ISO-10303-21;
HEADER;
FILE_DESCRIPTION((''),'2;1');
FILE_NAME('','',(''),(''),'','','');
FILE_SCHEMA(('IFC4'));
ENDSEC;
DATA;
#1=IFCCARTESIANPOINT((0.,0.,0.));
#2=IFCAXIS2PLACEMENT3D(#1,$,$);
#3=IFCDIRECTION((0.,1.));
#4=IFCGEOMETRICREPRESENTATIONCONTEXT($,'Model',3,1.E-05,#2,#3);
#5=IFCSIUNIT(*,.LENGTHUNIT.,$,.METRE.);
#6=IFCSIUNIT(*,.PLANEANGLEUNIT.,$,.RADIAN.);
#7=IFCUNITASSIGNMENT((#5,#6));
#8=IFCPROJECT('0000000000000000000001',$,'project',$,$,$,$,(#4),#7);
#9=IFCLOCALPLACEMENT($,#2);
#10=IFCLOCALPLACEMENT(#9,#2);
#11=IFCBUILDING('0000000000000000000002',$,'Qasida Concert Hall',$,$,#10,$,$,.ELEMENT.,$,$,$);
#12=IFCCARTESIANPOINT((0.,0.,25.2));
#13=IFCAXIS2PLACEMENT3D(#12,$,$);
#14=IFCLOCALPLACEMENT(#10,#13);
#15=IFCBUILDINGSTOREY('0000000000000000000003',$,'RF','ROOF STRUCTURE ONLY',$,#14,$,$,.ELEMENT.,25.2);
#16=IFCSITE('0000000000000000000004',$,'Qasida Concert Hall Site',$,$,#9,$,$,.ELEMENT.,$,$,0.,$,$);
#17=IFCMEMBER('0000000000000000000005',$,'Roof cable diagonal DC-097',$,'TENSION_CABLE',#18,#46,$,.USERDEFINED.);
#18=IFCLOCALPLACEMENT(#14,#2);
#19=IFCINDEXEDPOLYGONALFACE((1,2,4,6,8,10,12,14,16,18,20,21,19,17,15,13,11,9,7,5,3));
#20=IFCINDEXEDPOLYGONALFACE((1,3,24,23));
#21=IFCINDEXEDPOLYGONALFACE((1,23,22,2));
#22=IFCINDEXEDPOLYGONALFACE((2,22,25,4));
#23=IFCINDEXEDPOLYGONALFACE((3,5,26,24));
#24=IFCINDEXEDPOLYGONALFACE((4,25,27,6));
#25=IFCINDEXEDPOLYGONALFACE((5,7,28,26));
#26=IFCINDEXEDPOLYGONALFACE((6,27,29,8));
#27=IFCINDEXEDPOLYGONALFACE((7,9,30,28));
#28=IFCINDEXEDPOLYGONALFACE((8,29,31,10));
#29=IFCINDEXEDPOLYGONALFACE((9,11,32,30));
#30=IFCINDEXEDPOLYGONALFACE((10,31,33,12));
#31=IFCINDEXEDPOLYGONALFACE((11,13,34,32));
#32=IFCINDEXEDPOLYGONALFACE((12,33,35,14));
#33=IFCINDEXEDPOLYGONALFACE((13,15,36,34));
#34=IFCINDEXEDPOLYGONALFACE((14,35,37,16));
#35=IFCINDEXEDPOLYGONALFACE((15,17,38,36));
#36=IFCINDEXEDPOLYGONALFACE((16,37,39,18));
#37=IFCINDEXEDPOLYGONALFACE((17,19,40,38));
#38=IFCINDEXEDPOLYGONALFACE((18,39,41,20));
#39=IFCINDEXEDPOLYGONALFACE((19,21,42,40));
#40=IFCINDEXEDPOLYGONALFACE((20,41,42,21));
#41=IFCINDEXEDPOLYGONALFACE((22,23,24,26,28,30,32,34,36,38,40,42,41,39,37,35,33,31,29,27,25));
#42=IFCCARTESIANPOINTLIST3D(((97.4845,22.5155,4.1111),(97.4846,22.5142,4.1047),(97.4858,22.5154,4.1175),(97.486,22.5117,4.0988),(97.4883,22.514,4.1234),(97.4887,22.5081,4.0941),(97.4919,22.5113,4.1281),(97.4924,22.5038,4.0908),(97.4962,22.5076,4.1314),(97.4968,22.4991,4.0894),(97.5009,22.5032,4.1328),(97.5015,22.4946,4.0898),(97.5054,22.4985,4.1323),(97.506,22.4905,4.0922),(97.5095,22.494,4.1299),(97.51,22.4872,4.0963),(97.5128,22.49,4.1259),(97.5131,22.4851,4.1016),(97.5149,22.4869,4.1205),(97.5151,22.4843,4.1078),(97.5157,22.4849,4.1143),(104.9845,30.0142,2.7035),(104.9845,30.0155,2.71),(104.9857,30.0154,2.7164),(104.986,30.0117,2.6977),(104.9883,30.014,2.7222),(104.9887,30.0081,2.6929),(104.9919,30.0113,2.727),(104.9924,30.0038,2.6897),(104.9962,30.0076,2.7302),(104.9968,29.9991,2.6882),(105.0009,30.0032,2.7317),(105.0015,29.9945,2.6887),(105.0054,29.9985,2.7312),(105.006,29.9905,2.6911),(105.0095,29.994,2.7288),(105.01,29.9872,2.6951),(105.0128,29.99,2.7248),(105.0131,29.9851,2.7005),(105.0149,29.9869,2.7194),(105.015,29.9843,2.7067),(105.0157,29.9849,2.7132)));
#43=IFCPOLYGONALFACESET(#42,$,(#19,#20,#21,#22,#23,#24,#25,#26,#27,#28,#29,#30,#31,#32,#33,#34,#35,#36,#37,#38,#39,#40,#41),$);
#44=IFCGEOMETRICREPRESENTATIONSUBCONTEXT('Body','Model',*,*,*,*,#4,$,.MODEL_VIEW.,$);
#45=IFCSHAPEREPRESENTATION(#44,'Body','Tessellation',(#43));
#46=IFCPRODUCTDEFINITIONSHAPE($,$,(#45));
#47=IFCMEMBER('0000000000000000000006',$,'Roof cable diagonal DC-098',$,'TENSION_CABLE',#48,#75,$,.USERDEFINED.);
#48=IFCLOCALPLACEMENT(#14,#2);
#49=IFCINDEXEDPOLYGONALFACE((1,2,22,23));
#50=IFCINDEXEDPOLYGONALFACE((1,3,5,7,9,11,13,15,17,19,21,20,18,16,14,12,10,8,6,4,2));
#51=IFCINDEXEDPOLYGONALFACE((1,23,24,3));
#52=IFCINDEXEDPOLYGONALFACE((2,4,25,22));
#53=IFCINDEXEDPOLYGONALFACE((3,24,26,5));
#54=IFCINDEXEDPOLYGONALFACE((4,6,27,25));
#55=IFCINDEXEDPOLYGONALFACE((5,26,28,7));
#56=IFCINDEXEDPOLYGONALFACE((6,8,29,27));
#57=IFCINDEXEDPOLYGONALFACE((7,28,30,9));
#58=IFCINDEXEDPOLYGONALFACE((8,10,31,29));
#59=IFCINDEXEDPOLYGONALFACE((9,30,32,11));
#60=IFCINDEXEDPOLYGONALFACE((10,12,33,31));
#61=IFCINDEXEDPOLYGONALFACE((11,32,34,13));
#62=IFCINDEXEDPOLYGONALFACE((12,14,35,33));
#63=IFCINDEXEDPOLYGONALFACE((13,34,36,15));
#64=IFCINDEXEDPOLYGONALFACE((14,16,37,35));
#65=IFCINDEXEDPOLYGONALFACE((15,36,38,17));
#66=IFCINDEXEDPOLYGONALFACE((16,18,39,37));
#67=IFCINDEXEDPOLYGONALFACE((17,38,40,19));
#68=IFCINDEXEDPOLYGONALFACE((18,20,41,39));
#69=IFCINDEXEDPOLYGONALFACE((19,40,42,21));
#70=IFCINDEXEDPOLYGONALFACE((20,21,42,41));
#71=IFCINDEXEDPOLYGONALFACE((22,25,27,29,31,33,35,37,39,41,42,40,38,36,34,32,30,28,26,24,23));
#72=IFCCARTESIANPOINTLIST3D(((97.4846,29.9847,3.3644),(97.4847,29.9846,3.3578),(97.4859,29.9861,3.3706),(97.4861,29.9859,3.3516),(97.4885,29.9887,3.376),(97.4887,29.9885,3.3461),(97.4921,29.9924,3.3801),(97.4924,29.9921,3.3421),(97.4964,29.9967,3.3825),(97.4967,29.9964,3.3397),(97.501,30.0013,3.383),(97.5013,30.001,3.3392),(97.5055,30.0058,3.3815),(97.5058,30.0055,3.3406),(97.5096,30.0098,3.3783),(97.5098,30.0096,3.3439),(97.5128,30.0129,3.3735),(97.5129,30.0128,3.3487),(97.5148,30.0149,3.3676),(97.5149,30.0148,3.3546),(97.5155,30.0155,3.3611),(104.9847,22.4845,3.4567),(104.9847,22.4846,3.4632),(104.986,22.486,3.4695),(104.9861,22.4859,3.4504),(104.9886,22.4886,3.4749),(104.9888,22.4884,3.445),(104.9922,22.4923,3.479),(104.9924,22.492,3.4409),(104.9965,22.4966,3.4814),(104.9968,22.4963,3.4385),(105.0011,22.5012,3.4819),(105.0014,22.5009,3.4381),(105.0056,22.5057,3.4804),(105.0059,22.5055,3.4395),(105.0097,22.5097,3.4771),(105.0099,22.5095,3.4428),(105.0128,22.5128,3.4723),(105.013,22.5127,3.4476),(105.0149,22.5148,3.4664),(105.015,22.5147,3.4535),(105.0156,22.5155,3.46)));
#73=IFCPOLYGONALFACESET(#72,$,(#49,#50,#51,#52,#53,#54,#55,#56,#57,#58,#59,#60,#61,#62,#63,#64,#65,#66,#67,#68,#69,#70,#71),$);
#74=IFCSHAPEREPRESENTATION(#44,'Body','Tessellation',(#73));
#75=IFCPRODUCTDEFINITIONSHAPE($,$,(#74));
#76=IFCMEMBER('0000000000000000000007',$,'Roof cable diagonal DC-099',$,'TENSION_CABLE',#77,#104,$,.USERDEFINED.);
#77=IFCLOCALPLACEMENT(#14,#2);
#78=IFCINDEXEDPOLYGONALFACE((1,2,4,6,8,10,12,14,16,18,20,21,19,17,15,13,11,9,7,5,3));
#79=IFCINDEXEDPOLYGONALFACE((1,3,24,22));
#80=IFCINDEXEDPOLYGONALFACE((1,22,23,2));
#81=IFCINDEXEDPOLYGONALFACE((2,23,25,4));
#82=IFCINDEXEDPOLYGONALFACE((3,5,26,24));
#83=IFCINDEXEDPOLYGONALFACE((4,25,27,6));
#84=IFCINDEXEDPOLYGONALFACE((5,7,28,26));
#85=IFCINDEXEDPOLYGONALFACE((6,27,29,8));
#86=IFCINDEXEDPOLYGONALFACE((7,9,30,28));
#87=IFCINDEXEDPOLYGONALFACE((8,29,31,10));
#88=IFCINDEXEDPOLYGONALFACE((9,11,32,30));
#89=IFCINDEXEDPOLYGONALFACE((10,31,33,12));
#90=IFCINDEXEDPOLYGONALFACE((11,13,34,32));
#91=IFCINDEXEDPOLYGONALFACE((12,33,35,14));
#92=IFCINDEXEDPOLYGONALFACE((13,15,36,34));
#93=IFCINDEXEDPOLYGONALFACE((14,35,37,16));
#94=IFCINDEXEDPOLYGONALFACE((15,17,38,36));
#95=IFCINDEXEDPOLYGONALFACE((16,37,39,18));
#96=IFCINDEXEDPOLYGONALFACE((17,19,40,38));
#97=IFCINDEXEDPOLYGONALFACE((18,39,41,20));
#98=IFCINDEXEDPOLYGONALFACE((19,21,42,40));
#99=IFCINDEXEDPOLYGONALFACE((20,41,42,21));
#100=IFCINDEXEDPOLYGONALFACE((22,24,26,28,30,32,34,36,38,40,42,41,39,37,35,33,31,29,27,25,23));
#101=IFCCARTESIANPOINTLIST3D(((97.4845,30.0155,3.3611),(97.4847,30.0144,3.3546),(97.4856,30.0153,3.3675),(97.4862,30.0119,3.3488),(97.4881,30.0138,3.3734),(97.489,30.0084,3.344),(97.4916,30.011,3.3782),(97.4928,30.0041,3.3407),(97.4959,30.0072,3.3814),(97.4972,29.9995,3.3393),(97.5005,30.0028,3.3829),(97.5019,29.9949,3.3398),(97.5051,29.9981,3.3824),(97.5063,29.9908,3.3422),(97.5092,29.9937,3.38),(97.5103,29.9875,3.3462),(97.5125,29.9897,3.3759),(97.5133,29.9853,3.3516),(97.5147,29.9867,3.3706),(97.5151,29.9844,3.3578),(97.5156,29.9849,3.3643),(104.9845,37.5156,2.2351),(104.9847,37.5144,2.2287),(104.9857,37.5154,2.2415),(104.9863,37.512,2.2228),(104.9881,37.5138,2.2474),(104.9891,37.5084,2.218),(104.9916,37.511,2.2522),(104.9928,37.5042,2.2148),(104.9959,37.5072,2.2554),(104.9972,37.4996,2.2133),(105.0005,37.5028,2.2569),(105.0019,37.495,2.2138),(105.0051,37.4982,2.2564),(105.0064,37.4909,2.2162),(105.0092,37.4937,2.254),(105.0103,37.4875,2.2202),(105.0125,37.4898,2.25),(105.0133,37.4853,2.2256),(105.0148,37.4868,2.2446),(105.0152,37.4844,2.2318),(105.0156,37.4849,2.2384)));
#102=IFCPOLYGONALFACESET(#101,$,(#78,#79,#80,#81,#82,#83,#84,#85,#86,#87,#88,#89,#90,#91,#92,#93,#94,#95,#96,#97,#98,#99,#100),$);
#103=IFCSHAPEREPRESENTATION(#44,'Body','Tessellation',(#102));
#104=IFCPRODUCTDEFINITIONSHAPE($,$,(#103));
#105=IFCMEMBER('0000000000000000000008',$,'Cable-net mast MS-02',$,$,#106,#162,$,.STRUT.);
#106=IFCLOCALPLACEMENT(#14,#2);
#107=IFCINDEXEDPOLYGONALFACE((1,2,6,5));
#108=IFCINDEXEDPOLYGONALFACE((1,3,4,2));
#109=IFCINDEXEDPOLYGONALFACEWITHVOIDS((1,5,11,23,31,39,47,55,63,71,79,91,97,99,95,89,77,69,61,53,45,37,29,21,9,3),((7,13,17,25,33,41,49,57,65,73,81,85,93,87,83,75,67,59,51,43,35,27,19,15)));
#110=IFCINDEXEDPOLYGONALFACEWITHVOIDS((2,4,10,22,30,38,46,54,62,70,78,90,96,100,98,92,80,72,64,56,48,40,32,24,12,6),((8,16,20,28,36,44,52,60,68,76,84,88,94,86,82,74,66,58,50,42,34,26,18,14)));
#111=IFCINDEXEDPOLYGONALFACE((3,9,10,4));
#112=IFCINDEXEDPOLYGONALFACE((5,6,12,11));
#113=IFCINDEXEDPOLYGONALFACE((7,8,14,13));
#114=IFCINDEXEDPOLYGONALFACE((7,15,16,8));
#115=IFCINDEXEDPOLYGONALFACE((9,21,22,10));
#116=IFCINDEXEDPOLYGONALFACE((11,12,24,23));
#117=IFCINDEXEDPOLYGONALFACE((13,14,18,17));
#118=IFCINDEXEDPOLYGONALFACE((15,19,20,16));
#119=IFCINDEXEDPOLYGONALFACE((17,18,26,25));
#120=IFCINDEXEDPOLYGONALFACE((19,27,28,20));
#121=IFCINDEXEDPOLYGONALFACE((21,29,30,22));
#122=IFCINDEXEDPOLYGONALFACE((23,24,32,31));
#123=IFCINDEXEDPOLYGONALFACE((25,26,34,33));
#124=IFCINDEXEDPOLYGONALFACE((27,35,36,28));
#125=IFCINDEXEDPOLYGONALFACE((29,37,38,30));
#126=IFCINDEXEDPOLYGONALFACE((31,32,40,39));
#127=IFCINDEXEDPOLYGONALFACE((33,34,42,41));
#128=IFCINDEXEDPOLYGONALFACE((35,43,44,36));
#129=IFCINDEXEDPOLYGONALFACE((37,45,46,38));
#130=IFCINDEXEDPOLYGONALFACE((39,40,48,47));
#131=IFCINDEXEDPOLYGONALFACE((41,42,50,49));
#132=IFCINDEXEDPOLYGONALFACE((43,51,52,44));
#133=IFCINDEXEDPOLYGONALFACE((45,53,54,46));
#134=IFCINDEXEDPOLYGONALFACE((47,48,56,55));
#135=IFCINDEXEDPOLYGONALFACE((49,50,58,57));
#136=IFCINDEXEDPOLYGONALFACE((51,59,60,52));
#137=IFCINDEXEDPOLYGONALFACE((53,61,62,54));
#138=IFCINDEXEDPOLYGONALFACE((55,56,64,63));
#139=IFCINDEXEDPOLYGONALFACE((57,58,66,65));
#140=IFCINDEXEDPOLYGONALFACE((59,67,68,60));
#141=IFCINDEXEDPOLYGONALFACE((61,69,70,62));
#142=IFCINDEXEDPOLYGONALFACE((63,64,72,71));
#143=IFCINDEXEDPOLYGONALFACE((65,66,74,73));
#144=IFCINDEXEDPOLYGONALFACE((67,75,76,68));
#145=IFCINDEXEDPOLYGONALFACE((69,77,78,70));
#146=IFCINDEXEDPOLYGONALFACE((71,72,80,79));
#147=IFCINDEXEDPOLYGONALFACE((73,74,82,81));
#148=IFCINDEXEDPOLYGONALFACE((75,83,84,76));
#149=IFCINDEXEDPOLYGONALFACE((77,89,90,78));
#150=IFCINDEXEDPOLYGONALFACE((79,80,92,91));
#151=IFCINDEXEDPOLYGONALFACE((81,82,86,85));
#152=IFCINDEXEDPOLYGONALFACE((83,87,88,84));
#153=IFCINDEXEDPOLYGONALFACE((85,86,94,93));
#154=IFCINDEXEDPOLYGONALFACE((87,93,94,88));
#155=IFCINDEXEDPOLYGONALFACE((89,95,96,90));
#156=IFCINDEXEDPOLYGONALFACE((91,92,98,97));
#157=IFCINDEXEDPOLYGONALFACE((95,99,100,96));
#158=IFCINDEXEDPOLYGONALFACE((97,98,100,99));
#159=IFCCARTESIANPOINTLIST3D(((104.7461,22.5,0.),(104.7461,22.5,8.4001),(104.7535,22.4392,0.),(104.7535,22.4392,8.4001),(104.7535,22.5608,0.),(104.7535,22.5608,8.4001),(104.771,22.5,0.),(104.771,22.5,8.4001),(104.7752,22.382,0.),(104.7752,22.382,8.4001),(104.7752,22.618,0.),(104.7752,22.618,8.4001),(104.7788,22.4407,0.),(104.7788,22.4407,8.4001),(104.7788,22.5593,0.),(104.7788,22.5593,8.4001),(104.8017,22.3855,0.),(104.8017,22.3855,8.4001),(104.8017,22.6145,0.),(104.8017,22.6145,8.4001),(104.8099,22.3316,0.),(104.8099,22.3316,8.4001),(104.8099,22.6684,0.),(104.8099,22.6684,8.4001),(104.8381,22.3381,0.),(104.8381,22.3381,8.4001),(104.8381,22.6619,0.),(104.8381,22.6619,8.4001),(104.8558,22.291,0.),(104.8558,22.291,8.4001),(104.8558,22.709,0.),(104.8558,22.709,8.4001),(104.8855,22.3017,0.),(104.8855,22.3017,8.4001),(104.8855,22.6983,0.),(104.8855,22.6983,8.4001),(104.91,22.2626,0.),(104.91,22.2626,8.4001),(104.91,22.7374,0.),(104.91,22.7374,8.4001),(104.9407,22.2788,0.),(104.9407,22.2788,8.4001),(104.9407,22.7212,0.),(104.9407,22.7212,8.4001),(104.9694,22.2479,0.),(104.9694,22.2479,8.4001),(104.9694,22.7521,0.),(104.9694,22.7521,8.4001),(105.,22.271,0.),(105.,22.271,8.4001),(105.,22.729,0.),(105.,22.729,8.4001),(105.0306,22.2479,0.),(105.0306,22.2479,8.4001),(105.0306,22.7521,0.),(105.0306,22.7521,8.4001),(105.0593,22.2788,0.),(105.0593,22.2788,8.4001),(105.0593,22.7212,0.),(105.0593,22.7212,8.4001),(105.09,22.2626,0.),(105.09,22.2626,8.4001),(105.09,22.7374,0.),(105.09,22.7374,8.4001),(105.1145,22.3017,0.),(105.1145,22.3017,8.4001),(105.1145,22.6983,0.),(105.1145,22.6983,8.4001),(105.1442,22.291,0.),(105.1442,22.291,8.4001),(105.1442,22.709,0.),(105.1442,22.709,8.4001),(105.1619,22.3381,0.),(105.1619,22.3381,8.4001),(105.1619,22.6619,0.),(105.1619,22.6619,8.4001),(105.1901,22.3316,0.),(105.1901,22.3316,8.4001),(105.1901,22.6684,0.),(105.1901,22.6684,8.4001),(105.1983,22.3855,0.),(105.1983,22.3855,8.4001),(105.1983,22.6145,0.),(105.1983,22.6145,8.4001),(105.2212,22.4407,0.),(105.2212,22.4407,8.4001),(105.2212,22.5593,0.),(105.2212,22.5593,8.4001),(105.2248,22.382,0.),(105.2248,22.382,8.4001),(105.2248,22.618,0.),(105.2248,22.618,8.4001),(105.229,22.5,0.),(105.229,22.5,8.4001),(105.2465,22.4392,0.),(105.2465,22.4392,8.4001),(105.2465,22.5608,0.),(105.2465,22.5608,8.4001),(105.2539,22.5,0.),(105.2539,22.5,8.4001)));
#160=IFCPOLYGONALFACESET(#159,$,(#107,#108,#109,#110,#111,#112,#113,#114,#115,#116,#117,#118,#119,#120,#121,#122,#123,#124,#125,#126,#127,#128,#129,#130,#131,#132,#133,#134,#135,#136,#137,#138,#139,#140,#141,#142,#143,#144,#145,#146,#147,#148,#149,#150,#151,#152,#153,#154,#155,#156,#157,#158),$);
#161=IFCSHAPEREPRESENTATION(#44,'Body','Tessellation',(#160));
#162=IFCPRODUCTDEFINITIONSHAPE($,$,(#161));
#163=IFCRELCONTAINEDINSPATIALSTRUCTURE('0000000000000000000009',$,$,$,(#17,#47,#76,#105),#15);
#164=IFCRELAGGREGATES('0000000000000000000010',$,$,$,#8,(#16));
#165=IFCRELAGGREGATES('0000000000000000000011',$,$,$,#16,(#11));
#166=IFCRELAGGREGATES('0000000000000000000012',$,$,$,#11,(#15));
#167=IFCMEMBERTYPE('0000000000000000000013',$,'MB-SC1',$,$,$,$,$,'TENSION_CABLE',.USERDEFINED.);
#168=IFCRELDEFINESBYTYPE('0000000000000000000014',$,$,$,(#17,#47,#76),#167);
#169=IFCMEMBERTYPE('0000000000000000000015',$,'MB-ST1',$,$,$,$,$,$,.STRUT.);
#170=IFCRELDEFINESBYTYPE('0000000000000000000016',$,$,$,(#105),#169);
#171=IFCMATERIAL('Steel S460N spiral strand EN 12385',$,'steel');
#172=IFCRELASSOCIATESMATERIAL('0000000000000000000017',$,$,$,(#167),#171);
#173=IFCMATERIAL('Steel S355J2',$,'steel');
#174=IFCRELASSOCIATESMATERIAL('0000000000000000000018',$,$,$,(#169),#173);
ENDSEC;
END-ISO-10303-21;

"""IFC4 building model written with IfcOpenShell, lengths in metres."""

from ifc_helpers import new_model, si_unit, direction, frame, origin, origin_2d, place, context, subcontext, project, spatial, circle, hollow_circle, extrude, material, material_profile, profile_set, type_object, element, save


model = new_model("IFC4")

# Units and contexts
model_context = context("Model", 3, precision=1e-05, world=origin(), true_north=direction((0.0, 1.0)))
body_context = subcontext(model_context, "Body", "Model", "MODEL_VIEW")
ifc_project = project(units=[si_unit("LENGTHUNIT", "METRE"), si_unit("PLANEANGLEUNIT", "RADIAN")], contexts=[model_context])

# Site, building, storey
site_placement = place(None, origin())
site = spatial("IfcSite", under=ifc_project, at=site_placement, Name="Qasida Concert Hall Site", CompositionType="ELEMENT", RefElevation=0.0)
building_placement = place(site_placement, origin())
building = spatial("IfcBuilding", under=site, at=building_placement, Name="Qasida Concert Hall", CompositionType="ELEMENT")
storey_placement = place(building_placement, frame((0.0, 0.0, 25.2)))
storey = spatial("IfcBuildingStorey", under=building, at=storey_placement, Name="RF", Description="ROOF STRUCTURE ONLY", CompositionType="ELEMENT", Elevation=25.2)

# Members
ifc_material_1 = material(Name="Steel S460N spiral strand EN 12385", Category="steel")
ifc_material_profile_1 = material_profile(ifc_material_1, circle(Radius=0.022, at=origin_2d()), Name="STRAND D44")
ifc_profile_set_1 = profile_set([ifc_material_profile_1], Name="Steel S460N spiral strand EN 12385")
member_type_1 = type_object("IfcMemberType", Name="MB-SC1", ElementType="TENSION_CABLE", PredefinedType="USERDEFINED", material=ifc_profile_set_1)
member_1_placement = place(storey_placement, frame((97.5, 22.5, 4.1111), z_axis=(0.701017, 0.701017, -0.130961), x_axis=(-0.707107, 0.707107, 0.0)))
element("IfcMember", 1, at=member_1_placement, inside=storey, type_object=member_type_1, Name="Roof cable diagonal DC-097", ObjectType="TENSION_CABLE", PredefinedType="USERDEFINED", context=body_context, shape_type="SweptSolid", body=[
    extrude(circle(Radius=0.022, at=origin_2d()), origin(), (0.0, 0.0, 1.0), 10.6987),
])
member_2_placement = place(storey_placement, frame((97.5, 30.0, 3.3611), z_axis=(0.707076, -0.707076, 0.009322), x_axis=(0.707107, 0.707107, 0.0)))
element("IfcMember", 2, at=member_2_placement, inside=storey, type_object=member_type_1, Name="Roof cable diagonal DC-098", ObjectType="TENSION_CABLE", PredefinedType="USERDEFINED", context=body_context, shape_type="SweptSolid", body=[
    extrude(circle(Radius=0.022, at=origin_2d()), origin(), (0.0, 0.0, 1.0), 10.6072),
])
member_3_placement = place(storey_placement, frame((97.5, 30.0, 3.3611), z_axis=(0.703156, 0.703156, -0.105565), x_axis=(-0.707107, 0.707107, 0.0)))
element("IfcMember", 3, at=member_3_placement, inside=storey, type_object=member_type_1, Name="Roof cable diagonal DC-099", ObjectType="TENSION_CABLE", PredefinedType="USERDEFINED", context=body_context, shape_type="SweptSolid", body=[
    extrude(circle(Radius=0.022, at=origin_2d()), origin(), (0.0, 0.0, 1.0), 10.6663),
])
ifc_material_2 = material(Name="Steel S355J2", Category="steel")
ifc_material_profile_2 = material_profile(ifc_material_2, hollow_circle(Radius=0.2539, WallThickness=0.0249, at=origin_2d()), Name="CHS 508x25")
ifc_profile_set_2 = profile_set([ifc_material_profile_2], Name="Steel S355J2")
member_type_2 = type_object("IfcMemberType", Name="MB-ST1", PredefinedType="STRUT", material=ifc_profile_set_2)
member_4_placement = place(storey_placement, frame((105.0, 22.5, 0.0), z_axis=(0.0, 0.0, 1.0), x_axis=(1.0, 0.0, 0.0)))
element("IfcMember", 4, at=member_4_placement, inside=storey, type_object=member_type_2, Name="Cable-net mast MS-02", PredefinedType="STRUT", context=body_context, shape_type="SweptSolid", body=[
    extrude(hollow_circle(Radius=0.2539, WallThickness=0.0249, at=origin_2d()), origin(), (0.0, 0.0, 1.0), 8.4001),
])

save(model, "model.ifc")
